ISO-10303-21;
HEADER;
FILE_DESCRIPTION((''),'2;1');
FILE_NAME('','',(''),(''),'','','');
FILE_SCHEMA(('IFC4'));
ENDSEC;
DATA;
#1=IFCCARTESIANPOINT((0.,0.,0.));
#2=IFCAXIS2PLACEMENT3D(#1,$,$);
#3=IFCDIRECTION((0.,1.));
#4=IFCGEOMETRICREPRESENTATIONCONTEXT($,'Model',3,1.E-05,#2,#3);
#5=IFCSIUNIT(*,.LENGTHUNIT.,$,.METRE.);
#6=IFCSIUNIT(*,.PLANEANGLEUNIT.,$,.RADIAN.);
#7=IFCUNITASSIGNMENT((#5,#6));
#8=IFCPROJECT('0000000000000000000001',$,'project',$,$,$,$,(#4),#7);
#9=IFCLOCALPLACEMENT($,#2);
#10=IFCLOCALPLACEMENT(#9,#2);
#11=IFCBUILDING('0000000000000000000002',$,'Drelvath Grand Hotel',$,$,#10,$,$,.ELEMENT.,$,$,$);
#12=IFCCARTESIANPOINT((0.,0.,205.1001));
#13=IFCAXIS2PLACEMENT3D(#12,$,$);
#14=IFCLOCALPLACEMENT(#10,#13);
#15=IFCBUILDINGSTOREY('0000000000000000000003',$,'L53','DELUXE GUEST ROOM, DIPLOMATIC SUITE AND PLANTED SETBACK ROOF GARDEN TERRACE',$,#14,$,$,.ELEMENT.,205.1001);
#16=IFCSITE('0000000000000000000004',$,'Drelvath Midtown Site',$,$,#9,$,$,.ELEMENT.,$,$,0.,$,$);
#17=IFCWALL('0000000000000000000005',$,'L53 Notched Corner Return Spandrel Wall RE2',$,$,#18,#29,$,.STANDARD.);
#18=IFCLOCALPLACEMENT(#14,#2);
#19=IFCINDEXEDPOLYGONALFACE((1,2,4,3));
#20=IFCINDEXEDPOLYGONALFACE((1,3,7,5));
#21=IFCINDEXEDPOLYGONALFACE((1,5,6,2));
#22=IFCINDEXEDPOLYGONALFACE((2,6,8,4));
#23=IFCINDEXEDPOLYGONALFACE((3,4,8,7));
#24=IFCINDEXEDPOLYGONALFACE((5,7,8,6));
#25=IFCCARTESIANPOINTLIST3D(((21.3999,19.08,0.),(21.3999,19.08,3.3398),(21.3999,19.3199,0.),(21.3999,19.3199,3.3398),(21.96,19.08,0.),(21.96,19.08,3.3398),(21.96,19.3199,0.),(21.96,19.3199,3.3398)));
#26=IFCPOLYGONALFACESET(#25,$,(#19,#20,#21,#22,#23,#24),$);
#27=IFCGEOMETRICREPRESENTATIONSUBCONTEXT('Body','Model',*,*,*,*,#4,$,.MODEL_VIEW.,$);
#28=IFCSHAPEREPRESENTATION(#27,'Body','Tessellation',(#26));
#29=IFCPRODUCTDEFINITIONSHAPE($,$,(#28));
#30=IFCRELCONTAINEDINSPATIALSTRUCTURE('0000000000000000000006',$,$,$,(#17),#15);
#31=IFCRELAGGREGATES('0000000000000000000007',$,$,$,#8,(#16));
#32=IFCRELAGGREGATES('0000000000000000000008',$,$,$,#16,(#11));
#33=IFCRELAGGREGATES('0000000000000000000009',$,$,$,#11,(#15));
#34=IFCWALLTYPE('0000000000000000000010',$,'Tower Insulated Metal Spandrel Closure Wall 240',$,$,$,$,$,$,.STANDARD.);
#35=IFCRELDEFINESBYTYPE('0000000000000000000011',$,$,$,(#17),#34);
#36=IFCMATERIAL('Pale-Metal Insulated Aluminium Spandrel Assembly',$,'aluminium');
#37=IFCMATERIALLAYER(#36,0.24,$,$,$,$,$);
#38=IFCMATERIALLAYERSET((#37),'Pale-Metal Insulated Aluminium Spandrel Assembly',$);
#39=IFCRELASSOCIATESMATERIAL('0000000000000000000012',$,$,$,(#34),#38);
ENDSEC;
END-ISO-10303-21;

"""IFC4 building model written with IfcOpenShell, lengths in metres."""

from ifc_helpers import new_model, si_unit, direction, frame, frame_2d, origin, place, context, subcontext, project, spatial, rectangle, extrude, material, layer, layer_set, type_object, element, save


model = new_model("IFC4")

# Units and contexts
model_context = context("Model", 3, precision=1e-05, world=origin(), true_north=direction((0.0, 1.0)))
body_context = subcontext(model_context, "Body", "Model", "MODEL_VIEW")
ifc_project = project(units=[si_unit("LENGTHUNIT", "METRE"), si_unit("PLANEANGLEUNIT", "RADIAN")], contexts=[model_context])

# Site, building, storey
site_placement = place(None, origin())
site = spatial("IfcSite", under=ifc_project, at=site_placement, Name="Drelvath Midtown Site", CompositionType="ELEMENT", RefElevation=0.0)
building_placement = place(site_placement, origin())
building = spatial("IfcBuilding", under=site, at=building_placement, Name="Drelvath Grand Hotel", CompositionType="ELEMENT")
storey_placement = place(building_placement, frame((0.0, 0.0, 205.1001)))
storey = spatial("IfcBuildingStorey", under=building, at=storey_placement, Name="L53", Description="DELUXE GUEST ROOM, DIPLOMATIC SUITE AND PLANTED SETBACK ROOF GARDEN TERRACE", CompositionType="ELEMENT", Elevation=205.1001)

# Wall
ifc_material_1 = material(Name="Pale-Metal Insulated Aluminium Spandrel Assembly", Category="aluminium")
ifc_layer_1 = layer(ifc_material_1, 0.24)
ifc_layer_set_1 = layer_set([ifc_layer_1], Name="Pale-Metal Insulated Aluminium Spandrel Assembly")
wall_type_1 = type_object("IfcWallType", Name="Tower Insulated Metal Spandrel Closure Wall 240", PredefinedType="STANDARD", material=ifc_layer_set_1)
wall_1_placement = place(storey_placement, frame((21.3999, 19.2, 0.0), z_axis=(0.0, 0.0, 1.0), x_axis=(1.0, 0.0, 0.0)))
element("IfcWall", 1, at=wall_1_placement, inside=storey, type_object=wall_type_1, Name="L53 Notched Corner Return Spandrel Wall RE2", PredefinedType="STANDARD", context=body_context, shape_type="SweptSolid", body=[
    extrude(rectangle(XDim=0.5601, YDim=0.24, at=frame_2d((0.28, 0.0))), origin(), (0.0, 0.0, 1.0), 3.3398),
])

save(model, "model.ifc")
